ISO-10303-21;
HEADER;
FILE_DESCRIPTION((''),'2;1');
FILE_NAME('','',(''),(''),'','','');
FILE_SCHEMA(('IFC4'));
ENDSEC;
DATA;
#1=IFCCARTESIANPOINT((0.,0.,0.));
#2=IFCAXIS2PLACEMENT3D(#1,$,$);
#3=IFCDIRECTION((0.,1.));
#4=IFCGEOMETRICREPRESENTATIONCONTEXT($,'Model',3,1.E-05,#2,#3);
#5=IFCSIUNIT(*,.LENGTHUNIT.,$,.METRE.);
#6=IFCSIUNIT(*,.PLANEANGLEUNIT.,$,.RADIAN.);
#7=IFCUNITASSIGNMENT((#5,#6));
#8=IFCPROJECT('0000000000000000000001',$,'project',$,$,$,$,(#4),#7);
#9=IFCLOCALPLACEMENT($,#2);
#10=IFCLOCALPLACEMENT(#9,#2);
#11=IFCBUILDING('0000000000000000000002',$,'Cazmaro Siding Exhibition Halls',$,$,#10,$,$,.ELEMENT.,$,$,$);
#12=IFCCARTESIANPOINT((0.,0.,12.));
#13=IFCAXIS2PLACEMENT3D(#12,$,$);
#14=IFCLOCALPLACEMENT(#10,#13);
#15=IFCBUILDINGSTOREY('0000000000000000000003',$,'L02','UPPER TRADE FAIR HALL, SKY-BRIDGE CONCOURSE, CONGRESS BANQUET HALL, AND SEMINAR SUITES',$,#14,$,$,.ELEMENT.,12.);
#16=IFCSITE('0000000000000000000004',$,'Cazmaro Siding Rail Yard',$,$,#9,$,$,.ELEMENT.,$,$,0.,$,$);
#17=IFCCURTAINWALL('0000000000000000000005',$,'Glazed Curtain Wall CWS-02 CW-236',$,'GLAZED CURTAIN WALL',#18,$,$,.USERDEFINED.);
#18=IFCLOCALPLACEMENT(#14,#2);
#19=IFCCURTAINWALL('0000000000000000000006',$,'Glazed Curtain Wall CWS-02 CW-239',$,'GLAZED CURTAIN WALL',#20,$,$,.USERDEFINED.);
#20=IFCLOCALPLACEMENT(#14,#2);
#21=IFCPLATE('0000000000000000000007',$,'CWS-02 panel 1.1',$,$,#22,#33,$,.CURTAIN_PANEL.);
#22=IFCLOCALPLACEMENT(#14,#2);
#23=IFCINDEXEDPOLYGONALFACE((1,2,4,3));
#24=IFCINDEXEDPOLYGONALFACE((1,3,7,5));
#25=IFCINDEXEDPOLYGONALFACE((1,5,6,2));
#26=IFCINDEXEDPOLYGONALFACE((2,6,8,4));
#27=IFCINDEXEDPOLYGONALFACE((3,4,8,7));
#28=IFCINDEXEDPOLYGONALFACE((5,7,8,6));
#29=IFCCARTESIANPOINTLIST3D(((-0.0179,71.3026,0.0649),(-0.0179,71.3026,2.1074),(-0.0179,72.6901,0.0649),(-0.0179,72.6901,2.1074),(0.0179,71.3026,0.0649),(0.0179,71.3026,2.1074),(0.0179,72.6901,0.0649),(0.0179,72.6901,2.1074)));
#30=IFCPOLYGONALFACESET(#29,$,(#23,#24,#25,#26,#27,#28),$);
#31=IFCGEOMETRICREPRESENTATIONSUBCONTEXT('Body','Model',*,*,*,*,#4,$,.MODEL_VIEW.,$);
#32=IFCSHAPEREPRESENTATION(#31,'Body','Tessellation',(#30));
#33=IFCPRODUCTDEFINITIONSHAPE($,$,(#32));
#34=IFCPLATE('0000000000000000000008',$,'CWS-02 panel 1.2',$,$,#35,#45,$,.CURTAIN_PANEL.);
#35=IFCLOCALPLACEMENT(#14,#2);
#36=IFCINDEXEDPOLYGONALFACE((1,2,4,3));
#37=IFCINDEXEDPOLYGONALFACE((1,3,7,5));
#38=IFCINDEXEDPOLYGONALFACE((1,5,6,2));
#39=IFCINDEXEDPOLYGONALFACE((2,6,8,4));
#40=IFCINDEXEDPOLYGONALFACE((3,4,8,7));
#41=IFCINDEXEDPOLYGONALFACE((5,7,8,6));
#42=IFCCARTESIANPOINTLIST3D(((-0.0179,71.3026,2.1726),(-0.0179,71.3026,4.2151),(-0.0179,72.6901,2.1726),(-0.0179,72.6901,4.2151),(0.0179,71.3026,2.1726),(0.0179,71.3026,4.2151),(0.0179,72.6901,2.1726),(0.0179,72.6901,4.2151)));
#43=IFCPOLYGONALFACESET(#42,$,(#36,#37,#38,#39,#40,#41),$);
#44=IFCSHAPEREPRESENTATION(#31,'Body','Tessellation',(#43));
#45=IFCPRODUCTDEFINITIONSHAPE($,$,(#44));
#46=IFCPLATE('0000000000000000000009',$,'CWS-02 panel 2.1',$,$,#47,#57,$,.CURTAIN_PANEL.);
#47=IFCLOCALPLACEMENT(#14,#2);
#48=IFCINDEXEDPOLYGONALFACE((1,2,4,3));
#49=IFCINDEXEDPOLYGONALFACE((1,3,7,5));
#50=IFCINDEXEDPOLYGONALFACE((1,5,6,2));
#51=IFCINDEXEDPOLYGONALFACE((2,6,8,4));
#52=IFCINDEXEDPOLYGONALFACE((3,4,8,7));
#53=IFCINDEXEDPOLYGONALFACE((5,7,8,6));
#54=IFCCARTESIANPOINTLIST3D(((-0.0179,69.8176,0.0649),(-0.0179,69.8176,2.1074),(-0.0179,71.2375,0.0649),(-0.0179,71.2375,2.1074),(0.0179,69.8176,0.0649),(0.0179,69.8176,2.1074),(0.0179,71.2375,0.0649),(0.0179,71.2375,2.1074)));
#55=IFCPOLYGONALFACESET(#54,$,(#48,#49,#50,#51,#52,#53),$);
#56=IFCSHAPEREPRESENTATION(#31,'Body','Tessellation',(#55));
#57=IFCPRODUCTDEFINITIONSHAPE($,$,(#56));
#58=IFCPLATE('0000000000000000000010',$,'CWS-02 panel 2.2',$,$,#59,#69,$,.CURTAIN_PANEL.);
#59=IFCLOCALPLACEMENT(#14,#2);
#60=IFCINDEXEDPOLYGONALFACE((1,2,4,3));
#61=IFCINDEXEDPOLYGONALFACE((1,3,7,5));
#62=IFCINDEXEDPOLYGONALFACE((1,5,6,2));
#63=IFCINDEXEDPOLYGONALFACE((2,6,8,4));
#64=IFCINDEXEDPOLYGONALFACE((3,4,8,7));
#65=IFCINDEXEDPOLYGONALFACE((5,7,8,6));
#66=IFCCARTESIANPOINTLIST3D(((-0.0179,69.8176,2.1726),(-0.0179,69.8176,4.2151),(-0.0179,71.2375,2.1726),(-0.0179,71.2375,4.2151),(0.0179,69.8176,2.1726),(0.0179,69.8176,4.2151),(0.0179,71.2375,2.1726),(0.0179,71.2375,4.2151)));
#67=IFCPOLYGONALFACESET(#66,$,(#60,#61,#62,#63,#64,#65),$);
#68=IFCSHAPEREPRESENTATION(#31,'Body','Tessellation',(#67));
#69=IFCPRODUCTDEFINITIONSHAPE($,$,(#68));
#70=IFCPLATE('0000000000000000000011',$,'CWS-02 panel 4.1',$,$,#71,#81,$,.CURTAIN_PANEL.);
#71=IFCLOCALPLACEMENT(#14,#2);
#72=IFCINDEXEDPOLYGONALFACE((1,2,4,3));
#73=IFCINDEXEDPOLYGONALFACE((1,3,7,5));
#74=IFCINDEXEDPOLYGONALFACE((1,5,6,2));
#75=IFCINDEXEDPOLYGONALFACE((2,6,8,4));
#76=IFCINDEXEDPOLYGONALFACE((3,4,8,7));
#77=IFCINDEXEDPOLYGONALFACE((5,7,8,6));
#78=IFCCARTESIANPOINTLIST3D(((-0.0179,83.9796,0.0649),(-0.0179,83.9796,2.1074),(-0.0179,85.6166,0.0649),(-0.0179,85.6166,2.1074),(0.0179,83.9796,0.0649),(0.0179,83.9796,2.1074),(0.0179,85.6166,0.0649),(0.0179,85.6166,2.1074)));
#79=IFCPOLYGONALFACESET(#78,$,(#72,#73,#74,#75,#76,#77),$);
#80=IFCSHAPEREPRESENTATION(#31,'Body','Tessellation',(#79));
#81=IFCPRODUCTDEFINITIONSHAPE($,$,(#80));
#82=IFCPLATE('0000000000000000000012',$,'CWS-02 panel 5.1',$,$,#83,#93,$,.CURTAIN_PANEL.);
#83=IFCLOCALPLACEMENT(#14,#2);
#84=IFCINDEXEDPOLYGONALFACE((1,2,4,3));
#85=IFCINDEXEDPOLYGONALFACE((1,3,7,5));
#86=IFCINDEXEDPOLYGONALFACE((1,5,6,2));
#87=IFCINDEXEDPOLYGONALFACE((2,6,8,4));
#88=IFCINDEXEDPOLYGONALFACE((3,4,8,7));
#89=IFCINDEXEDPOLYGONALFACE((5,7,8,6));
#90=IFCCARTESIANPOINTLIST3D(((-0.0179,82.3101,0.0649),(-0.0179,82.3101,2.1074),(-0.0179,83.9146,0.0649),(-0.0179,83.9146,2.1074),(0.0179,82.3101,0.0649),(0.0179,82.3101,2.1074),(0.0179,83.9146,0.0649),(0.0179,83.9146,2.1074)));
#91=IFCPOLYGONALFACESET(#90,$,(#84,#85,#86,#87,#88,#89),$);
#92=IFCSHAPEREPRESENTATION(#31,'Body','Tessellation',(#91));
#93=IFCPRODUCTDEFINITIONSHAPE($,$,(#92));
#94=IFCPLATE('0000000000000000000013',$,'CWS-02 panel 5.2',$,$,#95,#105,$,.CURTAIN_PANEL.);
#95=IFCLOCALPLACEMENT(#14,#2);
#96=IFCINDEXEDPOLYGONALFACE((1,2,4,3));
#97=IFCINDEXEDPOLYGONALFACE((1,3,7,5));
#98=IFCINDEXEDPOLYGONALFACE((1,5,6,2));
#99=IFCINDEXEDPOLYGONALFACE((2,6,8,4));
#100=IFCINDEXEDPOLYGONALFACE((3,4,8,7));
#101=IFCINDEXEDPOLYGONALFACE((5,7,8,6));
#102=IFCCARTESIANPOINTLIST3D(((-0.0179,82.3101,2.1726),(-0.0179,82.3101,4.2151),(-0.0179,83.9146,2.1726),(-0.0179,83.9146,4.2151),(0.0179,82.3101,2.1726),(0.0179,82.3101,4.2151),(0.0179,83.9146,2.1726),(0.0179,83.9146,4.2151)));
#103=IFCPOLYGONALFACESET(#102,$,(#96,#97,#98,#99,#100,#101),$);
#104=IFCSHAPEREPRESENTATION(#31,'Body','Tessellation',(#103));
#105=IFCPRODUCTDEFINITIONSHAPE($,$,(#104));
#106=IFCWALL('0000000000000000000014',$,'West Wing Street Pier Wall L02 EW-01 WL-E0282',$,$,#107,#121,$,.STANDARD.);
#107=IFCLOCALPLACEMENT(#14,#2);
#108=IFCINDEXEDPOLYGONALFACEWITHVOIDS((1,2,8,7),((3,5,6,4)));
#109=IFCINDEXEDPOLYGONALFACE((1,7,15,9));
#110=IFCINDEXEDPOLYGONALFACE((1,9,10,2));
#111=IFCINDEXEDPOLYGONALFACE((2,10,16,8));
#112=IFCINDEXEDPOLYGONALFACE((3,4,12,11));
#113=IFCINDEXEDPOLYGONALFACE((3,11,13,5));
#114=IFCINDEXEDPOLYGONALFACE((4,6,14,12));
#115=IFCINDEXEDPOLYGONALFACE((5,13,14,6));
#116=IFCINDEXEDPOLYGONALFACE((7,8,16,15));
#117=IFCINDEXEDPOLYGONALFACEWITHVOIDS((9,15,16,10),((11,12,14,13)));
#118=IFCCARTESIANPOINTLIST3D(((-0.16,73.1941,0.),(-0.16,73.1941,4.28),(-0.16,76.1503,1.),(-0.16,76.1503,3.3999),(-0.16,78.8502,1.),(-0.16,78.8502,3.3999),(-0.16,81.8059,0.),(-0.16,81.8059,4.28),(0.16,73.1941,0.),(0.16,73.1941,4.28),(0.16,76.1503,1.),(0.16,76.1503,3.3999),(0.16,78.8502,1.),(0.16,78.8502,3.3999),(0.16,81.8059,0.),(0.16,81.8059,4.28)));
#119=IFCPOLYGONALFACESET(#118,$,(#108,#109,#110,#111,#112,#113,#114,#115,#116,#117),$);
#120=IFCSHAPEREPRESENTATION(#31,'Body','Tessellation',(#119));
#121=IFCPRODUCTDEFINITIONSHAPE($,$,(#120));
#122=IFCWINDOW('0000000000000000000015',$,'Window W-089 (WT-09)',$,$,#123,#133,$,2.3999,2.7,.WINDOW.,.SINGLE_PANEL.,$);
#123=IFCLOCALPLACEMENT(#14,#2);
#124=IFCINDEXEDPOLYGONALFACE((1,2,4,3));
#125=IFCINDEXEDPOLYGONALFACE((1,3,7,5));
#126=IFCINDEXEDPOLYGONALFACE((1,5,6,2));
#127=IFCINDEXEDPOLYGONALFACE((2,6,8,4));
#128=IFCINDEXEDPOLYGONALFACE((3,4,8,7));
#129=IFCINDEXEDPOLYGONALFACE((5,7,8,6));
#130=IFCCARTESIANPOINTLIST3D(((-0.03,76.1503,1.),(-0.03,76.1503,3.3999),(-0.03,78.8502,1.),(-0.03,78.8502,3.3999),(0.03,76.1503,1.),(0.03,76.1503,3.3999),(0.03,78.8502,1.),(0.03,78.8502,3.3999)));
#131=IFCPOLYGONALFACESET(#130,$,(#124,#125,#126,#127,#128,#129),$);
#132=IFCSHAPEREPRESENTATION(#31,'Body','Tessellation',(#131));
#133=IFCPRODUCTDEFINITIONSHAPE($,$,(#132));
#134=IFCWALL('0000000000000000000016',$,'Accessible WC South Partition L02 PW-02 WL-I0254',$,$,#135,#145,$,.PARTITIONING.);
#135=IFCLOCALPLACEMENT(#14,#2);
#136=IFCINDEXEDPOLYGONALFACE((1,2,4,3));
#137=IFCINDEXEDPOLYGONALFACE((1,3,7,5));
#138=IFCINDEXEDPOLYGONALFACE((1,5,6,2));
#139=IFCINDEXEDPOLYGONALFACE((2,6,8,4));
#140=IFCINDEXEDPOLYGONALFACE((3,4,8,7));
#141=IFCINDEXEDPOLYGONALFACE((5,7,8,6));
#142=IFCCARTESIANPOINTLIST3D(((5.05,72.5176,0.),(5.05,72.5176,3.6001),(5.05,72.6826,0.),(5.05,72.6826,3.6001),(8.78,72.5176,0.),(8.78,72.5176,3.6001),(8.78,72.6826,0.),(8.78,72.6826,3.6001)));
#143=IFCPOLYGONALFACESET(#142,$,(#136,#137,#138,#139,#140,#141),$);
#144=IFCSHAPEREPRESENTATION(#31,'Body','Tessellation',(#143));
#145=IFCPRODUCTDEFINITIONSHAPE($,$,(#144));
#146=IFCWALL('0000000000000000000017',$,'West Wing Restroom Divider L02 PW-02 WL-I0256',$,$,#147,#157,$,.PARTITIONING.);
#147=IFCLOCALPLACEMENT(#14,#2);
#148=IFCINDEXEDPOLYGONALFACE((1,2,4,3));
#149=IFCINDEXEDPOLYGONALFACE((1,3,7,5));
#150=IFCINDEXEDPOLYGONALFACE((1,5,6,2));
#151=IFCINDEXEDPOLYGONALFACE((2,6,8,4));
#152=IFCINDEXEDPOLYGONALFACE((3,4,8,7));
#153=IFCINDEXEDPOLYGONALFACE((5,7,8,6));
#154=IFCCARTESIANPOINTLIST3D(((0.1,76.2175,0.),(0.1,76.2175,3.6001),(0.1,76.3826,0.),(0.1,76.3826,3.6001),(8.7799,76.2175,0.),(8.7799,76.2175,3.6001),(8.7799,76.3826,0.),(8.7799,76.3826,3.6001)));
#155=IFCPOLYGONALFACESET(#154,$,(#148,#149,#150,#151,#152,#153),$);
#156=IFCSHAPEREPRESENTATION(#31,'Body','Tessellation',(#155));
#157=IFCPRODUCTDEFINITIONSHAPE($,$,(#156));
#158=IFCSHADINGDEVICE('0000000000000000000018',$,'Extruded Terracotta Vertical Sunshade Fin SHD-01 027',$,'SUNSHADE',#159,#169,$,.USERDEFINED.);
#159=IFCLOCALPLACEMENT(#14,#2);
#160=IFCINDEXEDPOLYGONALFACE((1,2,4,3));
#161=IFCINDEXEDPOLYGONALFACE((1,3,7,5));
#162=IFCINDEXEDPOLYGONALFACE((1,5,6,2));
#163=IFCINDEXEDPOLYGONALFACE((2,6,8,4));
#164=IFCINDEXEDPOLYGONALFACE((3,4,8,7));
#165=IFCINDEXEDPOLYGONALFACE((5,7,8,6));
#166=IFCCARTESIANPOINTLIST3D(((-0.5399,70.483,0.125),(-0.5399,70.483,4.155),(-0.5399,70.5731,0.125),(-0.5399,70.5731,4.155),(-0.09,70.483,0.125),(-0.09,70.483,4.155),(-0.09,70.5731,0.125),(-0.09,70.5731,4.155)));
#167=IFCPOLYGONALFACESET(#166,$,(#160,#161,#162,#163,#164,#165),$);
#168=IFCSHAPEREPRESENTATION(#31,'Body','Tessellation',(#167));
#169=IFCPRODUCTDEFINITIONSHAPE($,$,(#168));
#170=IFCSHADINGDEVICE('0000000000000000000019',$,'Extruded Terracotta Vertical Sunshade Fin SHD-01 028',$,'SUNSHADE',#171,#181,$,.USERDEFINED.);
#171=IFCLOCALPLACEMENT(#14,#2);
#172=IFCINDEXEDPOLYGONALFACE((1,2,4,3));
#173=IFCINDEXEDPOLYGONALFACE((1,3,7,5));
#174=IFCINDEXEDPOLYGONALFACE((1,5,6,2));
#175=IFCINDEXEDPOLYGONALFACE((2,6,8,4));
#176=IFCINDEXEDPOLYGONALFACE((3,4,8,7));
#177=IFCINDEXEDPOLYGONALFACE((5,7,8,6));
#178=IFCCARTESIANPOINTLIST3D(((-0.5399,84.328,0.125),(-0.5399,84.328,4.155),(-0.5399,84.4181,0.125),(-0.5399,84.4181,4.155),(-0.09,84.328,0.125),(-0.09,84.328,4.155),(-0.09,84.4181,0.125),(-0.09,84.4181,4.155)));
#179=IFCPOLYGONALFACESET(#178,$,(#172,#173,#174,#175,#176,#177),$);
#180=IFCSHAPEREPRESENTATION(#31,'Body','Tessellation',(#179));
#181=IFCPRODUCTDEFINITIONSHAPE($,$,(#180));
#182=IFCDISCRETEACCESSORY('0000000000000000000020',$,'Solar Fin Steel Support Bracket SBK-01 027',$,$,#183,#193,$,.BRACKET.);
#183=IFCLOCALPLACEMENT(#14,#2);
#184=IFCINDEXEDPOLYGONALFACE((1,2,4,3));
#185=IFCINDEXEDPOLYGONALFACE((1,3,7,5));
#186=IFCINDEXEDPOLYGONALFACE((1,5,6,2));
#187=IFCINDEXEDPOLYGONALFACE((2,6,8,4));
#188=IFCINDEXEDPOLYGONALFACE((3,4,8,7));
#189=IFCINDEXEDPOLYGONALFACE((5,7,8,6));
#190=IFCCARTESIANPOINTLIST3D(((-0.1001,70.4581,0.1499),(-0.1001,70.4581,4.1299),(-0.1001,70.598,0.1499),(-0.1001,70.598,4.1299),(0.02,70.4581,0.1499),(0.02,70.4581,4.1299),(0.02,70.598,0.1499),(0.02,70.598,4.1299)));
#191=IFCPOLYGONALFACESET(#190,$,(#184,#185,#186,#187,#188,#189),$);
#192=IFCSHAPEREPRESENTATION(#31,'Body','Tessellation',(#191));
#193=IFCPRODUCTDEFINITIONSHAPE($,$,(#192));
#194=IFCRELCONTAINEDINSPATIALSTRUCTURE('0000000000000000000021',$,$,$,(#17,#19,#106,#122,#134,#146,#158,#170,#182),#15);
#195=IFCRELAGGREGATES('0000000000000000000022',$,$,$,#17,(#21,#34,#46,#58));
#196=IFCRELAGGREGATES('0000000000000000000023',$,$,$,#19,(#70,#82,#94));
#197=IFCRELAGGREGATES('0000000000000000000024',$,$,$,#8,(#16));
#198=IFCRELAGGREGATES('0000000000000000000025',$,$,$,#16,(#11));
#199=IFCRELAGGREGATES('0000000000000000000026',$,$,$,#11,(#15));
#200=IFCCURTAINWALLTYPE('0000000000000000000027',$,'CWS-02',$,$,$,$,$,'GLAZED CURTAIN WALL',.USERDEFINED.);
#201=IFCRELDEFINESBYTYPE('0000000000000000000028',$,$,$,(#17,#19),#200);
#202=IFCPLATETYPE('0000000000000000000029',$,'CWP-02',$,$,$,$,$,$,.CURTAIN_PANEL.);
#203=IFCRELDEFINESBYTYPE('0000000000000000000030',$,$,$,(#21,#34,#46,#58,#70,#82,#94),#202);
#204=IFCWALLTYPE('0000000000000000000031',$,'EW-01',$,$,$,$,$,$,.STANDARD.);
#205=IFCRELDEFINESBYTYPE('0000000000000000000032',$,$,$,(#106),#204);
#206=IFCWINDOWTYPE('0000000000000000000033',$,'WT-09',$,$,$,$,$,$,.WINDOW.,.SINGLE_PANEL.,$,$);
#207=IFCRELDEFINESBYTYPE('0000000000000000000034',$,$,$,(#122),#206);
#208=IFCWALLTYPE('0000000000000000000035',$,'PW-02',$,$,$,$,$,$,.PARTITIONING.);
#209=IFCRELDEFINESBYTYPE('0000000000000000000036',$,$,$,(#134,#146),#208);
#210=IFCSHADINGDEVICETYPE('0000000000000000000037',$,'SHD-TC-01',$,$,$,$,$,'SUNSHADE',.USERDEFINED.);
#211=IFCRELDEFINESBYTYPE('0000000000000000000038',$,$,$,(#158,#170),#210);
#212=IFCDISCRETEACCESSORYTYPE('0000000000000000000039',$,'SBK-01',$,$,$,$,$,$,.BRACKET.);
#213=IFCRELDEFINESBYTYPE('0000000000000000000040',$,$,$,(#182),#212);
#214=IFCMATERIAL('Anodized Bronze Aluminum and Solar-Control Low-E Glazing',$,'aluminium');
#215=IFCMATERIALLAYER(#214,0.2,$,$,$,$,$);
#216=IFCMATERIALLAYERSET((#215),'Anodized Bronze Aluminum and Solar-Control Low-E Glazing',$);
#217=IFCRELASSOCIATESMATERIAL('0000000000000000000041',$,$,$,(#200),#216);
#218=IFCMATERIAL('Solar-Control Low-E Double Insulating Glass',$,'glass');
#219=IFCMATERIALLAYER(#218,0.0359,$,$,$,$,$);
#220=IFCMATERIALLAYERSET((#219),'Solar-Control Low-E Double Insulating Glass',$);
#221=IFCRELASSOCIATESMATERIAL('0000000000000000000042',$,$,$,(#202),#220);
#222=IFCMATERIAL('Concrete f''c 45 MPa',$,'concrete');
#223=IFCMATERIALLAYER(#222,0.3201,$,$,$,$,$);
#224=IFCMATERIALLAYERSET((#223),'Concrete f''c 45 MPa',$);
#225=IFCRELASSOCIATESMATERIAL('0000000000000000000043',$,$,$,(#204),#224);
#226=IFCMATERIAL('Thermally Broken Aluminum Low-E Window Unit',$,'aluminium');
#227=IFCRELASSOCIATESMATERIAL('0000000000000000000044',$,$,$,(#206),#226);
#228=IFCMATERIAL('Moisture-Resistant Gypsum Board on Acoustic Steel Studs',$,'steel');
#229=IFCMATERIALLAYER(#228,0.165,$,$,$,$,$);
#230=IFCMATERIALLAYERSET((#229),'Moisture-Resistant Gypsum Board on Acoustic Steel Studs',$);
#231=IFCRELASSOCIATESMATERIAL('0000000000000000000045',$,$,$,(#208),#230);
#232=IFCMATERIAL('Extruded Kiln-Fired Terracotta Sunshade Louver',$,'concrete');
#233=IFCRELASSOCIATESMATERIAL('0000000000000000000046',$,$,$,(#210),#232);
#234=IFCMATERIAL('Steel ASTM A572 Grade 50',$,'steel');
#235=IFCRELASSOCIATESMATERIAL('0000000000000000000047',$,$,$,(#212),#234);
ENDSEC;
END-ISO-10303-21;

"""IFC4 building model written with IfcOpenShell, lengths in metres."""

from ifc_helpers import new_model, si_unit, direction, frame, frame_2d, origin, origin_2d, place, context, subcontext, project, spatial, rectangle, extrude, material, layer, layer_set, type_object, element, fill, aggregate, save


model = new_model("IFC4")

# Units and contexts
model_context = context("Model", 3, precision=1e-05, world=origin(), true_north=direction((0.0, 1.0)))
body_context = subcontext(model_context, "Body", "Model", "MODEL_VIEW")
ifc_project = project(units=[si_unit("LENGTHUNIT", "METRE"), si_unit("PLANEANGLEUNIT", "RADIAN")], contexts=[model_context])

# Site, building, storey
site_placement = place(None, origin())
site = spatial("IfcSite", under=ifc_project, at=site_placement, Name="Cazmaro Siding Rail Yard", CompositionType="ELEMENT", RefElevation=0.0)
building_placement = place(site_placement, origin())
building = spatial("IfcBuilding", under=site, at=building_placement, Name="Cazmaro Siding Exhibition Halls", CompositionType="ELEMENT")
storey_placement = place(building_placement, frame((0.0, 0.0, 12.0)))
storey = spatial("IfcBuildingStorey", under=building, at=storey_placement, Name="L02", Description="UPPER TRADE FAIR HALL, SKY-BRIDGE CONCOURSE, CONGRESS BANQUET HALL, AND SEMINAR SUITES", CompositionType="ELEMENT", Elevation=12.0)

# Curtain walls
ifc_material_1 = material(Name="Anodized Bronze Aluminum and Solar-Control Low-E Glazing", Category="aluminium")
ifc_layer_1 = layer(ifc_material_1, 0.2)
ifc_layer_set_1 = layer_set([ifc_layer_1], Name="Anodized Bronze Aluminum and Solar-Control Low-E Glazing")
curtain_wall_type = type_object("IfcCurtainWallType", Name="CWS-02", ElementType="GLAZED CURTAIN WALL", PredefinedType="USERDEFINED", material=ifc_layer_set_1)
curtain_wall_1_placement = place(storey_placement, origin())
curtain_wall_1 = element("IfcCurtainWall", 1, at=curtain_wall_1_placement, inside=storey, type_object=curtain_wall_type, Name="Glazed Curtain Wall CWS-02 CW-236", ObjectType="GLAZED CURTAIN WALL", PredefinedType="USERDEFINED")
curtain_wall_2_placement = place(storey_placement, origin())
curtain_wall_2 = element("IfcCurtainWall", 2, at=curtain_wall_2_placement, inside=storey, type_object=curtain_wall_type, Name="Glazed Curtain Wall CWS-02 CW-239", ObjectType="GLAZED CURTAIN WALL", PredefinedType="USERDEFINED")

# Plates
ifc_material_2 = material(Name="Solar-Control Low-E Double Insulating Glass", Category="glass")
ifc_layer_2 = layer(ifc_material_2, 0.0359)
ifc_layer_set_2 = layer_set([ifc_layer_2], Name="Solar-Control Low-E Double Insulating Glass")
plate_type = type_object("IfcPlateType", Name="CWP-02", PredefinedType="CURTAIN_PANEL", material=ifc_layer_set_2)
plate_1_placement = place(storey_placement, frame((0.0, 71.9963, 0.0649), z_axis=(0.0, 0.0, 1.0), x_axis=(0.0, -1.0, 0.0)))
plate_1 = element("IfcPlate", 3, at=plate_1_placement, type_object=plate_type, Name="CWS-02 panel 1.1", PredefinedType="CURTAIN_PANEL", context=body_context, shape_type="SweptSolid", body=[
    extrude(rectangle(XDim=1.3875, YDim=0.0359, at=origin_2d()), origin(), (0.0, 0.0, 1.0), 2.0425),
])
plate_2_placement = place(storey_placement, frame((0.0, 71.9963, 2.1726), z_axis=(0.0, 0.0, 1.0), x_axis=(0.0, -1.0, 0.0)))
plate_2 = element("IfcPlate", 4, at=plate_2_placement, type_object=plate_type, Name="CWS-02 panel 1.2", PredefinedType="CURTAIN_PANEL", context=body_context, shape_type="SweptSolid", body=[
    extrude(rectangle(XDim=1.3875, YDim=0.0359, at=origin_2d()), origin(), (0.0, 0.0, 1.0), 2.0425),
])
plate_3_placement = place(storey_placement, frame((0.0, 70.5276, 0.0649), z_axis=(0.0, 0.0, 1.0), x_axis=(0.0, -1.0, 0.0)))
plate_3 = element("IfcPlate", 5, at=plate_3_placement, type_object=plate_type, Name="CWS-02 panel 2.1", PredefinedType="CURTAIN_PANEL", context=body_context, shape_type="SweptSolid", body=[
    extrude(rectangle(XDim=1.4199, YDim=0.0359, at=origin_2d()), origin(), (0.0, 0.0, 1.0), 2.0425),
])
plate_4_placement = place(storey_placement, frame((0.0, 70.5276, 2.1726), z_axis=(0.0, 0.0, 1.0), x_axis=(0.0, -1.0, 0.0)))
plate_4 = element("IfcPlate", 6, at=plate_4_placement, type_object=plate_type, Name="CWS-02 panel 2.2", PredefinedType="CURTAIN_PANEL", context=body_context, shape_type="SweptSolid", body=[
    extrude(rectangle(XDim=1.4199, YDim=0.0359, at=origin_2d()), origin(), (0.0, 0.0, 1.0), 2.0425),
])
aggregate(curtain_wall_1, [plate_1, plate_2, plate_3, plate_4])
plate_5_placement = place(storey_placement, frame((0.0, 84.7981, 0.0649), z_axis=(0.0, 0.0, 1.0), x_axis=(0.0, -1.0, 0.0)))
plate_5 = element("IfcPlate", 7, at=plate_5_placement, type_object=plate_type, Name="CWS-02 panel 4.1", PredefinedType="CURTAIN_PANEL", context=body_context, shape_type="SweptSolid", body=[
    extrude(rectangle(XDim=1.637, YDim=0.0359, at=origin_2d()), origin(), (0.0, 0.0, 1.0), 2.0425),
])
plate_6_placement = place(storey_placement, frame((0.0, 83.1123, 0.0649), z_axis=(0.0, 0.0, 1.0), x_axis=(0.0, -1.0, 0.0)))
plate_6 = element("IfcPlate", 8, at=plate_6_placement, type_object=plate_type, Name="CWS-02 panel 5.1", PredefinedType="CURTAIN_PANEL", context=body_context, shape_type="SweptSolid", body=[
    extrude(rectangle(XDim=1.6045, YDim=0.0359, at=origin_2d()), origin(), (0.0, 0.0, 1.0), 2.0425),
])
plate_7_placement = place(storey_placement, frame((0.0, 83.1123, 2.1726), z_axis=(0.0, 0.0, 1.0), x_axis=(0.0, -1.0, 0.0)))
plate_7 = element("IfcPlate", 9, at=plate_7_placement, type_object=plate_type, Name="CWS-02 panel 5.2", PredefinedType="CURTAIN_PANEL", context=body_context, shape_type="SweptSolid", body=[
    extrude(rectangle(XDim=1.6045, YDim=0.0359, at=origin_2d()), origin(), (0.0, 0.0, 1.0), 2.0425),
])
aggregate(curtain_wall_2, [plate_5, plate_6, plate_7])

# Wall, opening, window
ifc_material_3 = material(Name="Concrete f'c 45 MPa", Category="concrete")
ifc_layer_3 = layer(ifc_material_3, 0.3201)
ifc_layer_set_3 = layer_set([ifc_layer_3], Name="Concrete f'c 45 MPa")
wall_type_1 = type_object("IfcWallType", Name="EW-01", PredefinedType="STANDARD", material=ifc_layer_set_3)
wall_1_placement = place(storey_placement, frame((0.0, 73.1941, 0.0), z_axis=(0.0, 0.0, 1.0), x_axis=(0.0, 1.0, 0.0)))
wall_1 = element("IfcWall", 10, at=wall_1_placement, inside=storey, type_object=wall_type_1, Name="West Wing Street Pier Wall L02 EW-01 WL-E0282", PredefinedType="STANDARD", context=body_context, shape_type="SweptSolid", body=[
    extrude(rectangle(XDim=8.6118, YDim=0.3201, at=frame_2d((4.3059, 0.0))), origin(), (0.0, 0.0, 1.0), 4.28),
])
opening_placement = place(wall_1_placement, frame((2.9561, 0.0, 1.0)))
opening = element("IfcOpeningElement", 11, at=opening_placement, cuts=wall_1, PredefinedType="OPENING", context=body_context, shape_type="SweptSolid", body=[
    extrude(rectangle(XDim=2.7, YDim=2.3999, at=frame_2d((1.3501, 1.2))), frame((0.0, 0.1699, 0.0), z_axis=(0.0, -1.0, 0.0), x_axis=(1.0, 0.0, 0.0)), (0.0, 0.0, 1.0), 0.3401),
])
ifc_material_4 = material(Name="Thermally Broken Aluminum Low-E Window Unit", Category="aluminium")
window_type = type_object("IfcWindowType", Name="WT-09", PartitioningType="SINGLE_PANEL", PredefinedType="WINDOW", material=ifc_material_4)
window_placement = place(opening_placement, origin())
window = element("IfcWindow", 12, at=window_placement, inside=storey, type_object=window_type, Name="Window W-089 (WT-09)", OverallHeight=2.3999, OverallWidth=2.7, PartitioningType="SINGLE_PANEL", PredefinedType="WINDOW", context=body_context, shape_type="SweptSolid", body=[
    extrude(rectangle(XDim=2.7, YDim=2.3999, at=frame_2d((1.3501, 1.2))), frame((0.0, 0.03, 0.0), z_axis=(0.0, -1.0, 0.0), x_axis=(1.0, 0.0, 0.0)), (0.0, 0.0, 1.0), 0.0601),
])
fill(opening, window)

# Walls
ifc_material_5 = material(Name="Moisture-Resistant Gypsum Board on Acoustic Steel Studs", Category="steel")
ifc_layer_4 = layer(ifc_material_5, 0.165)
ifc_layer_set_4 = layer_set([ifc_layer_4], Name="Moisture-Resistant Gypsum Board on Acoustic Steel Studs")
wall_type_2 = type_object("IfcWallType", Name="PW-02", PredefinedType="PARTITIONING", material=ifc_layer_set_4)
wall_2_placement = place(storey_placement, frame((5.05, 72.6001, 0.0), z_axis=(0.0, 0.0, 1.0), x_axis=(1.0, 0.0, 0.0)))
element("IfcWall", 13, at=wall_2_placement, inside=storey, type_object=wall_type_2, Name="Accessible WC South Partition L02 PW-02 WL-I0254", PredefinedType="PARTITIONING", context=body_context, shape_type="SweptSolid", body=[
    extrude(rectangle(XDim=3.73, YDim=0.165, at=frame_2d((1.865, 0.0))), origin(), (0.0, 0.0, 1.0), 3.6001),
])
wall_3_placement = place(storey_placement, frame((0.1001, 76.3, 0.0), z_axis=(0.0, 0.0, 1.0), x_axis=(1.0, 0.0, 0.0)))
element("IfcWall", 14, at=wall_3_placement, inside=storey, type_object=wall_type_2, Name="West Wing Restroom Divider L02 PW-02 WL-I0256", PredefinedType="PARTITIONING", context=body_context, shape_type="SweptSolid", body=[
    extrude(rectangle(XDim=8.6799, YDim=0.165, at=frame_2d((4.3398, 0.0))), origin(), (0.0, 0.0, 1.0), 3.6001),
])

# Shading devices
ifc_material_6 = material(Name="Extruded Kiln-Fired Terracotta Sunshade Louver", Category="concrete")
shading_device_type = type_object("IfcShadingDeviceType", Name="SHD-TC-01", ElementType="SUNSHADE", PredefinedType="USERDEFINED", material=ifc_material_6)
for number, where, z_axis, x_axis, name in (
    (15, (-0.3149, 70.5281, 0.125), (0.0, 0.0, 1.0), (1.0, 0.0, 0.0), "Extruded Terracotta Vertical Sunshade Fin SHD-01 027"),
    (16, (-0.3149, 84.373, 0.125), (0.0, 0.0, 1.0), (1.0, 0.0, 0.0), "Extruded Terracotta Vertical Sunshade Fin SHD-01 028"),
):
    element("IfcShadingDevice", number, at=place(storey_placement, frame(where, z_axis=z_axis, x_axis=x_axis)), inside=storey, type_object=shading_device_type, Name=name, ObjectType="SUNSHADE", PredefinedType="USERDEFINED", context=body_context, shape_type="SweptSolid", body=[
        extrude(rectangle(XDim=0.45, YDim=0.0901, at=origin_2d()), origin(), (0.0, 0.0, 1.0), 4.03),
    ])

# Discrete accessory
ifc_material_7 = material(Name="Steel ASTM A572 Grade 50", Category="steel")
discrete_accessory_type = type_object("IfcDiscreteAccessoryType", Name="SBK-01", PredefinedType="BRACKET", material=ifc_material_7)
for number, where, z_axis, x_axis, name in (
    (17, (-0.04, 70.5281, 0.1499), (0.0, 0.0, 1.0), (1.0, 0.0, 0.0), "Solar Fin Steel Support Bracket SBK-01 027"),
):
    element("IfcDiscreteAccessory", number, at=place(storey_placement, frame(where, z_axis=z_axis, x_axis=x_axis)), inside=storey, type_object=discrete_accessory_type, Name=name, PredefinedType="BRACKET", context=body_context, shape_type="SweptSolid", body=[
        extrude(rectangle(XDim=0.1201, YDim=0.1399, at=origin_2d()), origin(), (0.0, 0.0, 1.0), 3.98),
    ])

save(model, "model.ifc")
